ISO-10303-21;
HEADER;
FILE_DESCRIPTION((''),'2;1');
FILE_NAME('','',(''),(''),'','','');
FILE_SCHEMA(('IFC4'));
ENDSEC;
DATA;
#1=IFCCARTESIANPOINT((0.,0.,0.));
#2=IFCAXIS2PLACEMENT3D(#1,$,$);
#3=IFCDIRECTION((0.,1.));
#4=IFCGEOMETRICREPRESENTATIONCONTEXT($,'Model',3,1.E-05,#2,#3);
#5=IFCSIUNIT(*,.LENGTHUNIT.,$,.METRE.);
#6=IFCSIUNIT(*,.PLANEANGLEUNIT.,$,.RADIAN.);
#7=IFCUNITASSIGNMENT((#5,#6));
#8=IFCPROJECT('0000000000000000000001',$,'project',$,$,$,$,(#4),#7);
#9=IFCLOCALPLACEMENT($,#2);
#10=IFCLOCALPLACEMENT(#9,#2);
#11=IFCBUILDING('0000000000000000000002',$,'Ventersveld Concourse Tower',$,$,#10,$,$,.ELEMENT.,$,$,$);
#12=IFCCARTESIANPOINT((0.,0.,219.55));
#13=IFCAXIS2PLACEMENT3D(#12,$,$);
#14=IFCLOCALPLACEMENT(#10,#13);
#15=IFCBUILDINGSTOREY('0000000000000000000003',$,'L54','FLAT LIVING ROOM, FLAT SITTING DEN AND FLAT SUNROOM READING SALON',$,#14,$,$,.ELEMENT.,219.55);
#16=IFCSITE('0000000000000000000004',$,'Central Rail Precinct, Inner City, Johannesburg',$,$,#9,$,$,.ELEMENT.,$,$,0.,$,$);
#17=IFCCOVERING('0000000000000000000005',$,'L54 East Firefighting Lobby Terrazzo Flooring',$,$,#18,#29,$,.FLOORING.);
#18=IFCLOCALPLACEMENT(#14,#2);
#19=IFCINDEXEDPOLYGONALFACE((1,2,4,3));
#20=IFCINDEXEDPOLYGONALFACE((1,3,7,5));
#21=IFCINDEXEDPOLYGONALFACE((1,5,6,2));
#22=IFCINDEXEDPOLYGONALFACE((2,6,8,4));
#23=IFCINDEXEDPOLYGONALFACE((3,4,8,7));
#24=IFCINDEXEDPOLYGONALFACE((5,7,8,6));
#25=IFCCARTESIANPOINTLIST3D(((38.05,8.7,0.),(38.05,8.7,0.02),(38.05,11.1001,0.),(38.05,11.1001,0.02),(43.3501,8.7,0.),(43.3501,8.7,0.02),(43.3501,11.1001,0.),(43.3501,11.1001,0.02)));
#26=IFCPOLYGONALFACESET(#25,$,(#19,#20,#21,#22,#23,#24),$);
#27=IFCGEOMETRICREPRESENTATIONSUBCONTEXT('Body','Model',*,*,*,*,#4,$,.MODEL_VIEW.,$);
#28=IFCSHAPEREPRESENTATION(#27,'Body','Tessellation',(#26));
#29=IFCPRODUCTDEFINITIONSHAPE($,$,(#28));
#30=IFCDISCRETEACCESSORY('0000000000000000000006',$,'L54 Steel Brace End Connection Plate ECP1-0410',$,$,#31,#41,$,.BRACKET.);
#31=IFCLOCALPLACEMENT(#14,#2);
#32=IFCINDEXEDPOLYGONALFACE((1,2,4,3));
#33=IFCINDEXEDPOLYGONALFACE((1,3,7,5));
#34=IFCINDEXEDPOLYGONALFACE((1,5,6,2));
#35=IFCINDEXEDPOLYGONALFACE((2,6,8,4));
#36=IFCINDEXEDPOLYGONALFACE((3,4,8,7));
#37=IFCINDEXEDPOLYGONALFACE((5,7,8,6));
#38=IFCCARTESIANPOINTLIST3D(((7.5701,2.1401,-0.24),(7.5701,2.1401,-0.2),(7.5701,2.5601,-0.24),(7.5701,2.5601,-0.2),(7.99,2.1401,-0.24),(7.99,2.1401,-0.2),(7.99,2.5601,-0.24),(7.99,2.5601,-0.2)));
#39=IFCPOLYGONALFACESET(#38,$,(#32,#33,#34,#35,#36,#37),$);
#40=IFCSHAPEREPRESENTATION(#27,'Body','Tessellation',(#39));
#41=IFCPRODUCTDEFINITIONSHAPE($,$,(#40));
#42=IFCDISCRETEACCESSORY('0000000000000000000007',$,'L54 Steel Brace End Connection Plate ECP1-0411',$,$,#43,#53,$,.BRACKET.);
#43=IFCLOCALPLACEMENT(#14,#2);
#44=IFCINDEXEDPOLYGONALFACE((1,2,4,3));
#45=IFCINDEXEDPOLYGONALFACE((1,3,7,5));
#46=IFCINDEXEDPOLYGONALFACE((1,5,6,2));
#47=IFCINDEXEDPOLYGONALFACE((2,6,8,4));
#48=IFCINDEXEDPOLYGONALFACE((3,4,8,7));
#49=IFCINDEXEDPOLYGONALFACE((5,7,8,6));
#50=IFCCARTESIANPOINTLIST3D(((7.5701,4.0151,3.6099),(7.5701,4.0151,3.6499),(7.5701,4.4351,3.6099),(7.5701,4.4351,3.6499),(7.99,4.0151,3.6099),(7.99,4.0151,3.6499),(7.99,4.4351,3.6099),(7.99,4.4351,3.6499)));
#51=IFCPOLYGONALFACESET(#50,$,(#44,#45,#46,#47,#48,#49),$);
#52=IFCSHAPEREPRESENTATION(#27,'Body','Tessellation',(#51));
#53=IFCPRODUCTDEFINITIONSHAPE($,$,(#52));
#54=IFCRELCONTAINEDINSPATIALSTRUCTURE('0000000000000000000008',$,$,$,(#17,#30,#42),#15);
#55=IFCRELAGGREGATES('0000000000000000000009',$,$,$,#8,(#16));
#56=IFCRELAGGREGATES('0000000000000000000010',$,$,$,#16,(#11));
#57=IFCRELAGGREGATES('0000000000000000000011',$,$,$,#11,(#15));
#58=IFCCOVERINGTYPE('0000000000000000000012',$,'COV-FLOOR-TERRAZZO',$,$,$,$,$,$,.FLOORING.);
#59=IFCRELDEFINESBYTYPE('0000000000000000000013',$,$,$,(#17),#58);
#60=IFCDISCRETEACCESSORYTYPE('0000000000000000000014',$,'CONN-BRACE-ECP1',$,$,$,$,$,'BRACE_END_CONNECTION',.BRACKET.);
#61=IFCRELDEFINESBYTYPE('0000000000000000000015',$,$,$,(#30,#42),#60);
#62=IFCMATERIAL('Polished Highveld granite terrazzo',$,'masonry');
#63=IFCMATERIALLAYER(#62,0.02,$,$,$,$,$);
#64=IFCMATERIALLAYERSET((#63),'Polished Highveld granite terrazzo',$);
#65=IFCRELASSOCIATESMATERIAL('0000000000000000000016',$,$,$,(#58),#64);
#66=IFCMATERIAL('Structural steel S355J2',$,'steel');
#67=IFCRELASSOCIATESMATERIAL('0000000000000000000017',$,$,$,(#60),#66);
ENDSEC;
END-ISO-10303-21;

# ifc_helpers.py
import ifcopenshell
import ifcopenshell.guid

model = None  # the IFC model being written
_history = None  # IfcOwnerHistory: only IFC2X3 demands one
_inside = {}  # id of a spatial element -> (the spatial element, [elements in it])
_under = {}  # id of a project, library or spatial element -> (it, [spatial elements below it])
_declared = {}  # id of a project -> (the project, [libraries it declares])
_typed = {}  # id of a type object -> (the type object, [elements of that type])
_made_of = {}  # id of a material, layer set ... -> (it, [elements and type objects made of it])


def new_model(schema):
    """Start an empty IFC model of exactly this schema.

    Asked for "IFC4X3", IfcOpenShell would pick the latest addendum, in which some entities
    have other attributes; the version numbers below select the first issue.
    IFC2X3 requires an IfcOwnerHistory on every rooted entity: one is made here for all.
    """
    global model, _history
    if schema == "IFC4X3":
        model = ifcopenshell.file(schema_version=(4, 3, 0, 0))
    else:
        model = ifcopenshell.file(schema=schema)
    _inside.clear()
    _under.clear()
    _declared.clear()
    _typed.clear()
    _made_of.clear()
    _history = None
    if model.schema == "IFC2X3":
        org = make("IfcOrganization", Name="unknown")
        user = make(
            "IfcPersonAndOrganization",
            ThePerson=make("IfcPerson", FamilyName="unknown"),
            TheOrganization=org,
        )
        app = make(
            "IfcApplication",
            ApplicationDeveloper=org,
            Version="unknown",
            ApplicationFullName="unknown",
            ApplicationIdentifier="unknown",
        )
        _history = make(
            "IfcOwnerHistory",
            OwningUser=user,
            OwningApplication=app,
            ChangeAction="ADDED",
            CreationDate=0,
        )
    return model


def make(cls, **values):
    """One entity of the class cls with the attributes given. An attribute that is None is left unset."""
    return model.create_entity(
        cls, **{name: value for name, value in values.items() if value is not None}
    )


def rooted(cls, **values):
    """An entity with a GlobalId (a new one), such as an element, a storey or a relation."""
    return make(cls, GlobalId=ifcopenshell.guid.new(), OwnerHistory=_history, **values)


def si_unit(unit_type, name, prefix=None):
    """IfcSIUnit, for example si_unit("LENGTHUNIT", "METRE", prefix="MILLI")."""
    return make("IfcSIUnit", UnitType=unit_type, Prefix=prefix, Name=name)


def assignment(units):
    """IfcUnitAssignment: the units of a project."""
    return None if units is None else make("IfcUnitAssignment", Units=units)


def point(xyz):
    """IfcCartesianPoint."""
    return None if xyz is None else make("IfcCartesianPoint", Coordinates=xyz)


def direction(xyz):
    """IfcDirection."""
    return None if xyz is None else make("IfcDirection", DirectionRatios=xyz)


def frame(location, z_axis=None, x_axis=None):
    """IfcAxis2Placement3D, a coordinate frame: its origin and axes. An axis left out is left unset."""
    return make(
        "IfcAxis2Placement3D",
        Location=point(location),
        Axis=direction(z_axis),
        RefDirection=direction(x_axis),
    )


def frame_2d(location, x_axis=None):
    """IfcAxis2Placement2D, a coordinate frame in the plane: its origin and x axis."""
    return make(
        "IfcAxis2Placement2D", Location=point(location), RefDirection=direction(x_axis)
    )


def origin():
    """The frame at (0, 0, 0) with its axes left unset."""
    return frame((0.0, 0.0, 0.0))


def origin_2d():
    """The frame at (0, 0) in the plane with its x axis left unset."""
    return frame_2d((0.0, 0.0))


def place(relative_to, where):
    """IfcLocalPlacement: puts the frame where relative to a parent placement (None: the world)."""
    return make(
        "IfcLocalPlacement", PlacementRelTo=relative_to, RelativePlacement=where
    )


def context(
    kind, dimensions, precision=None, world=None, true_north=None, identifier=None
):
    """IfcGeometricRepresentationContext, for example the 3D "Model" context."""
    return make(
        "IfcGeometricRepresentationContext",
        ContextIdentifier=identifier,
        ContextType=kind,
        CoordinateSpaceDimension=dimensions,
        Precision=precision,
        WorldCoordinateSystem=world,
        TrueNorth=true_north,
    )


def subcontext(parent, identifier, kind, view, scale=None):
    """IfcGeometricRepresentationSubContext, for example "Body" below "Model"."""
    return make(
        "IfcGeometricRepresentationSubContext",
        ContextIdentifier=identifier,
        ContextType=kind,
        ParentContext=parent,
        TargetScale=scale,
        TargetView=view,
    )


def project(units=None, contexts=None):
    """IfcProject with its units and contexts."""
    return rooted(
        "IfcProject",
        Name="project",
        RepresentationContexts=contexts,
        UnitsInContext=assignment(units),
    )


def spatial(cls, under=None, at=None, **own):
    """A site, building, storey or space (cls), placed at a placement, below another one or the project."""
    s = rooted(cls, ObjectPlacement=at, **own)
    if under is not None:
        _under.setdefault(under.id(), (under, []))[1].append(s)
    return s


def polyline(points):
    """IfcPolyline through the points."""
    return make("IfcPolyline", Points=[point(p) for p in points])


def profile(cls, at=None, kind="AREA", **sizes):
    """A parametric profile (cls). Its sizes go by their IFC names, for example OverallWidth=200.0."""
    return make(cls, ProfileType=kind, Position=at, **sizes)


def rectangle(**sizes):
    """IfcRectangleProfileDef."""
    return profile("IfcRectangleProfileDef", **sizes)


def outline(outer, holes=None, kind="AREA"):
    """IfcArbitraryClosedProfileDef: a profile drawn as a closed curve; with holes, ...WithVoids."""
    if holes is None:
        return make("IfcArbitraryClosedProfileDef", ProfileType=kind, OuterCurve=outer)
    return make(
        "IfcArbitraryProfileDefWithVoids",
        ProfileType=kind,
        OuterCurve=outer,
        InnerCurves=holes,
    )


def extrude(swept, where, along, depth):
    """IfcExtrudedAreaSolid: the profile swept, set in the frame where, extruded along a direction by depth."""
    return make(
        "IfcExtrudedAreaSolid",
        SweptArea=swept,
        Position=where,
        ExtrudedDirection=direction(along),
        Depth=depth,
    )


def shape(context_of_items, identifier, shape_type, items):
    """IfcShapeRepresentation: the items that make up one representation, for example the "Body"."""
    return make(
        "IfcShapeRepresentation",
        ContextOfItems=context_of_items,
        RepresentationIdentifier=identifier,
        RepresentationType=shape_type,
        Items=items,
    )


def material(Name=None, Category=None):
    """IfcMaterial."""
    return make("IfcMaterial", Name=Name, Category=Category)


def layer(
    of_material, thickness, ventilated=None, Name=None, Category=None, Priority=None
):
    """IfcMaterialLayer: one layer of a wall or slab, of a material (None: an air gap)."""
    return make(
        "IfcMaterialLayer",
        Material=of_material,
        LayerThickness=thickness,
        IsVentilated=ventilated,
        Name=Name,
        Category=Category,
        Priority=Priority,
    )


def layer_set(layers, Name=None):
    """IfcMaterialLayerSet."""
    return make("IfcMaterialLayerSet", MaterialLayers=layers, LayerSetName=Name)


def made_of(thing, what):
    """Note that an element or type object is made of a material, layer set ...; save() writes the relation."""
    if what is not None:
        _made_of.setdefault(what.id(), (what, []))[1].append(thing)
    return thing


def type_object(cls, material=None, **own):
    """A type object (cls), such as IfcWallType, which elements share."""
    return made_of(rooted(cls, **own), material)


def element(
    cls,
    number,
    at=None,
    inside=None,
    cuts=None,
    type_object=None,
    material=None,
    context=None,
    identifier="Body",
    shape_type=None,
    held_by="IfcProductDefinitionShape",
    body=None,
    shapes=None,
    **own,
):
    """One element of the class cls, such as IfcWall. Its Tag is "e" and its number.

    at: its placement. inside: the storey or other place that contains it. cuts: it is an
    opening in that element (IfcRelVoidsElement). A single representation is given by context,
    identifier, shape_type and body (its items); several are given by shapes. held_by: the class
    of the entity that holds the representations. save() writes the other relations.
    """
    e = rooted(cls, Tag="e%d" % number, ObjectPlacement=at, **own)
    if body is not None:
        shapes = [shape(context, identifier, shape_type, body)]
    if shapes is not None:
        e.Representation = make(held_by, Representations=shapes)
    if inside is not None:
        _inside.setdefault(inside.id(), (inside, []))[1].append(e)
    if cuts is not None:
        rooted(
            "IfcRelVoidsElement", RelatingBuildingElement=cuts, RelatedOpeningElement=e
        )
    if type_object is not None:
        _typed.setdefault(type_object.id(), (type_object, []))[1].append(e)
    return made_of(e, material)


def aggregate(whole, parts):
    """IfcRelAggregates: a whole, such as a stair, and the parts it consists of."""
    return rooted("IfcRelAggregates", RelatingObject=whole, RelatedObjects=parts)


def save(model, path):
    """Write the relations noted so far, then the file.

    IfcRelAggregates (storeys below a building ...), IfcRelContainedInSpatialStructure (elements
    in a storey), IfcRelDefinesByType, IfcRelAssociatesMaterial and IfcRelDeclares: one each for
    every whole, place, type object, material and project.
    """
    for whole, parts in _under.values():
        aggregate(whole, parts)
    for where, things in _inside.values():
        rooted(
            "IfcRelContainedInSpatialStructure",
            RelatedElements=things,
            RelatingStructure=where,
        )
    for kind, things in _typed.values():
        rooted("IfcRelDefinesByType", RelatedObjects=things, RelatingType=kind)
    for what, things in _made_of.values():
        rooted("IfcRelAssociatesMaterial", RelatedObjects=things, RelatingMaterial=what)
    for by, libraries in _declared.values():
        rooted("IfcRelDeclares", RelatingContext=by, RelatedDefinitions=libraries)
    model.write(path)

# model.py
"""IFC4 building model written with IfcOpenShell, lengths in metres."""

from ifc_helpers import new_model, si_unit, direction, frame, origin, origin_2d, place, context, subcontext, project, spatial, polyline, rectangle, outline, extrude, material, layer, layer_set, type_object, element, save


model = new_model("IFC4")

# Units and contexts
model_context = context("Model", 3, precision=1e-05, world=origin(), true_north=direction((0.0, 1.0)))
body_context = subcontext(model_context, "Body", "Model", "MODEL_VIEW")
ifc_project = project(units=[si_unit("LENGTHUNIT", "METRE"), si_unit("PLANEANGLEUNIT", "RADIAN")], contexts=[model_context])

# Site, building, storey
site_placement = place(None, origin())
site = spatial("IfcSite", under=ifc_project, at=site_placement, Name="Central Rail Precinct, Inner City, Johannesburg", CompositionType="ELEMENT", RefElevation=0.0)
building_placement = place(site_placement, origin())
building = spatial("IfcBuilding", under=site, at=building_placement, Name="Ventersveld Concourse Tower", CompositionType="ELEMENT")
storey_placement = place(building_placement, frame((0.0, 0.0, 219.55)))
storey = spatial("IfcBuildingStorey", under=building, at=storey_placement, Name="L54", Description="FLAT LIVING ROOM, FLAT SITTING DEN AND FLAT SUNROOM READING SALON", CompositionType="ELEMENT", Elevation=219.55)

# Shared definitions
ifc_material_1 = material(Name="Structural steel S355J2", Category="steel")

# Covering
ifc_material_2 = material(Name="Polished Highveld granite terrazzo", Category="masonry")
ifc_layer_1 = layer(ifc_material_2, 0.02)
ifc_layer_set_1 = layer_set([ifc_layer_1], Name="Polished Highveld granite terrazzo")
covering_type_1 = type_object("IfcCoveringType", Name="COV-FLOOR-TERRAZZO", PredefinedType="FLOORING", material=ifc_layer_set_1)
covering_1_placement = place(storey_placement, origin())
element("IfcCovering", 1, at=covering_1_placement, inside=storey, type_object=covering_type_1, Name="L54 East Firefighting Lobby Terrazzo Flooring", PredefinedType="FLOORING", context=body_context, shape_type="SweptSolid", body=[
    extrude(outline(polyline([(38.05, 8.7), (43.3501, 8.7), (43.3501, 11.1001), (38.05, 11.1001), (38.05, 8.7)])), origin(), (0.0, 0.0, 1.0), 0.02),
])

# Discrete accessories
discrete_accessory_type = type_object("IfcDiscreteAccessoryType", Name="CONN-BRACE-ECP1", ElementType="BRACE_END_CONNECTION", PredefinedType="BRACKET", material=ifc_material_1)
for number, where, z_axis, x_axis, name in (
    (2, (7.78, 2.3501, -0.24), (0.0, 0.0, 1.0), (1.0, 0.0, 0.0), "L54 Steel Brace End Connection Plate ECP1-0410"),
    (3, (7.78, 4.2251, 3.6099), (0.0, 0.0, 1.0), (1.0, 0.0, 0.0), "L54 Steel Brace End Connection Plate ECP1-0411"),
):
    element("IfcDiscreteAccessory", number, at=place(storey_placement, frame(where, z_axis=z_axis, x_axis=x_axis)), inside=storey, type_object=discrete_accessory_type, Name=name, PredefinedType="BRACKET", context=body_context, shape_type="SweptSolid", body=[
        extrude(rectangle(XDim=0.4199, YDim=0.4199, at=origin_2d()), origin(), (0.0, 0.0, 1.0), 0.04),
    ])

save(model, "model.ifc")
